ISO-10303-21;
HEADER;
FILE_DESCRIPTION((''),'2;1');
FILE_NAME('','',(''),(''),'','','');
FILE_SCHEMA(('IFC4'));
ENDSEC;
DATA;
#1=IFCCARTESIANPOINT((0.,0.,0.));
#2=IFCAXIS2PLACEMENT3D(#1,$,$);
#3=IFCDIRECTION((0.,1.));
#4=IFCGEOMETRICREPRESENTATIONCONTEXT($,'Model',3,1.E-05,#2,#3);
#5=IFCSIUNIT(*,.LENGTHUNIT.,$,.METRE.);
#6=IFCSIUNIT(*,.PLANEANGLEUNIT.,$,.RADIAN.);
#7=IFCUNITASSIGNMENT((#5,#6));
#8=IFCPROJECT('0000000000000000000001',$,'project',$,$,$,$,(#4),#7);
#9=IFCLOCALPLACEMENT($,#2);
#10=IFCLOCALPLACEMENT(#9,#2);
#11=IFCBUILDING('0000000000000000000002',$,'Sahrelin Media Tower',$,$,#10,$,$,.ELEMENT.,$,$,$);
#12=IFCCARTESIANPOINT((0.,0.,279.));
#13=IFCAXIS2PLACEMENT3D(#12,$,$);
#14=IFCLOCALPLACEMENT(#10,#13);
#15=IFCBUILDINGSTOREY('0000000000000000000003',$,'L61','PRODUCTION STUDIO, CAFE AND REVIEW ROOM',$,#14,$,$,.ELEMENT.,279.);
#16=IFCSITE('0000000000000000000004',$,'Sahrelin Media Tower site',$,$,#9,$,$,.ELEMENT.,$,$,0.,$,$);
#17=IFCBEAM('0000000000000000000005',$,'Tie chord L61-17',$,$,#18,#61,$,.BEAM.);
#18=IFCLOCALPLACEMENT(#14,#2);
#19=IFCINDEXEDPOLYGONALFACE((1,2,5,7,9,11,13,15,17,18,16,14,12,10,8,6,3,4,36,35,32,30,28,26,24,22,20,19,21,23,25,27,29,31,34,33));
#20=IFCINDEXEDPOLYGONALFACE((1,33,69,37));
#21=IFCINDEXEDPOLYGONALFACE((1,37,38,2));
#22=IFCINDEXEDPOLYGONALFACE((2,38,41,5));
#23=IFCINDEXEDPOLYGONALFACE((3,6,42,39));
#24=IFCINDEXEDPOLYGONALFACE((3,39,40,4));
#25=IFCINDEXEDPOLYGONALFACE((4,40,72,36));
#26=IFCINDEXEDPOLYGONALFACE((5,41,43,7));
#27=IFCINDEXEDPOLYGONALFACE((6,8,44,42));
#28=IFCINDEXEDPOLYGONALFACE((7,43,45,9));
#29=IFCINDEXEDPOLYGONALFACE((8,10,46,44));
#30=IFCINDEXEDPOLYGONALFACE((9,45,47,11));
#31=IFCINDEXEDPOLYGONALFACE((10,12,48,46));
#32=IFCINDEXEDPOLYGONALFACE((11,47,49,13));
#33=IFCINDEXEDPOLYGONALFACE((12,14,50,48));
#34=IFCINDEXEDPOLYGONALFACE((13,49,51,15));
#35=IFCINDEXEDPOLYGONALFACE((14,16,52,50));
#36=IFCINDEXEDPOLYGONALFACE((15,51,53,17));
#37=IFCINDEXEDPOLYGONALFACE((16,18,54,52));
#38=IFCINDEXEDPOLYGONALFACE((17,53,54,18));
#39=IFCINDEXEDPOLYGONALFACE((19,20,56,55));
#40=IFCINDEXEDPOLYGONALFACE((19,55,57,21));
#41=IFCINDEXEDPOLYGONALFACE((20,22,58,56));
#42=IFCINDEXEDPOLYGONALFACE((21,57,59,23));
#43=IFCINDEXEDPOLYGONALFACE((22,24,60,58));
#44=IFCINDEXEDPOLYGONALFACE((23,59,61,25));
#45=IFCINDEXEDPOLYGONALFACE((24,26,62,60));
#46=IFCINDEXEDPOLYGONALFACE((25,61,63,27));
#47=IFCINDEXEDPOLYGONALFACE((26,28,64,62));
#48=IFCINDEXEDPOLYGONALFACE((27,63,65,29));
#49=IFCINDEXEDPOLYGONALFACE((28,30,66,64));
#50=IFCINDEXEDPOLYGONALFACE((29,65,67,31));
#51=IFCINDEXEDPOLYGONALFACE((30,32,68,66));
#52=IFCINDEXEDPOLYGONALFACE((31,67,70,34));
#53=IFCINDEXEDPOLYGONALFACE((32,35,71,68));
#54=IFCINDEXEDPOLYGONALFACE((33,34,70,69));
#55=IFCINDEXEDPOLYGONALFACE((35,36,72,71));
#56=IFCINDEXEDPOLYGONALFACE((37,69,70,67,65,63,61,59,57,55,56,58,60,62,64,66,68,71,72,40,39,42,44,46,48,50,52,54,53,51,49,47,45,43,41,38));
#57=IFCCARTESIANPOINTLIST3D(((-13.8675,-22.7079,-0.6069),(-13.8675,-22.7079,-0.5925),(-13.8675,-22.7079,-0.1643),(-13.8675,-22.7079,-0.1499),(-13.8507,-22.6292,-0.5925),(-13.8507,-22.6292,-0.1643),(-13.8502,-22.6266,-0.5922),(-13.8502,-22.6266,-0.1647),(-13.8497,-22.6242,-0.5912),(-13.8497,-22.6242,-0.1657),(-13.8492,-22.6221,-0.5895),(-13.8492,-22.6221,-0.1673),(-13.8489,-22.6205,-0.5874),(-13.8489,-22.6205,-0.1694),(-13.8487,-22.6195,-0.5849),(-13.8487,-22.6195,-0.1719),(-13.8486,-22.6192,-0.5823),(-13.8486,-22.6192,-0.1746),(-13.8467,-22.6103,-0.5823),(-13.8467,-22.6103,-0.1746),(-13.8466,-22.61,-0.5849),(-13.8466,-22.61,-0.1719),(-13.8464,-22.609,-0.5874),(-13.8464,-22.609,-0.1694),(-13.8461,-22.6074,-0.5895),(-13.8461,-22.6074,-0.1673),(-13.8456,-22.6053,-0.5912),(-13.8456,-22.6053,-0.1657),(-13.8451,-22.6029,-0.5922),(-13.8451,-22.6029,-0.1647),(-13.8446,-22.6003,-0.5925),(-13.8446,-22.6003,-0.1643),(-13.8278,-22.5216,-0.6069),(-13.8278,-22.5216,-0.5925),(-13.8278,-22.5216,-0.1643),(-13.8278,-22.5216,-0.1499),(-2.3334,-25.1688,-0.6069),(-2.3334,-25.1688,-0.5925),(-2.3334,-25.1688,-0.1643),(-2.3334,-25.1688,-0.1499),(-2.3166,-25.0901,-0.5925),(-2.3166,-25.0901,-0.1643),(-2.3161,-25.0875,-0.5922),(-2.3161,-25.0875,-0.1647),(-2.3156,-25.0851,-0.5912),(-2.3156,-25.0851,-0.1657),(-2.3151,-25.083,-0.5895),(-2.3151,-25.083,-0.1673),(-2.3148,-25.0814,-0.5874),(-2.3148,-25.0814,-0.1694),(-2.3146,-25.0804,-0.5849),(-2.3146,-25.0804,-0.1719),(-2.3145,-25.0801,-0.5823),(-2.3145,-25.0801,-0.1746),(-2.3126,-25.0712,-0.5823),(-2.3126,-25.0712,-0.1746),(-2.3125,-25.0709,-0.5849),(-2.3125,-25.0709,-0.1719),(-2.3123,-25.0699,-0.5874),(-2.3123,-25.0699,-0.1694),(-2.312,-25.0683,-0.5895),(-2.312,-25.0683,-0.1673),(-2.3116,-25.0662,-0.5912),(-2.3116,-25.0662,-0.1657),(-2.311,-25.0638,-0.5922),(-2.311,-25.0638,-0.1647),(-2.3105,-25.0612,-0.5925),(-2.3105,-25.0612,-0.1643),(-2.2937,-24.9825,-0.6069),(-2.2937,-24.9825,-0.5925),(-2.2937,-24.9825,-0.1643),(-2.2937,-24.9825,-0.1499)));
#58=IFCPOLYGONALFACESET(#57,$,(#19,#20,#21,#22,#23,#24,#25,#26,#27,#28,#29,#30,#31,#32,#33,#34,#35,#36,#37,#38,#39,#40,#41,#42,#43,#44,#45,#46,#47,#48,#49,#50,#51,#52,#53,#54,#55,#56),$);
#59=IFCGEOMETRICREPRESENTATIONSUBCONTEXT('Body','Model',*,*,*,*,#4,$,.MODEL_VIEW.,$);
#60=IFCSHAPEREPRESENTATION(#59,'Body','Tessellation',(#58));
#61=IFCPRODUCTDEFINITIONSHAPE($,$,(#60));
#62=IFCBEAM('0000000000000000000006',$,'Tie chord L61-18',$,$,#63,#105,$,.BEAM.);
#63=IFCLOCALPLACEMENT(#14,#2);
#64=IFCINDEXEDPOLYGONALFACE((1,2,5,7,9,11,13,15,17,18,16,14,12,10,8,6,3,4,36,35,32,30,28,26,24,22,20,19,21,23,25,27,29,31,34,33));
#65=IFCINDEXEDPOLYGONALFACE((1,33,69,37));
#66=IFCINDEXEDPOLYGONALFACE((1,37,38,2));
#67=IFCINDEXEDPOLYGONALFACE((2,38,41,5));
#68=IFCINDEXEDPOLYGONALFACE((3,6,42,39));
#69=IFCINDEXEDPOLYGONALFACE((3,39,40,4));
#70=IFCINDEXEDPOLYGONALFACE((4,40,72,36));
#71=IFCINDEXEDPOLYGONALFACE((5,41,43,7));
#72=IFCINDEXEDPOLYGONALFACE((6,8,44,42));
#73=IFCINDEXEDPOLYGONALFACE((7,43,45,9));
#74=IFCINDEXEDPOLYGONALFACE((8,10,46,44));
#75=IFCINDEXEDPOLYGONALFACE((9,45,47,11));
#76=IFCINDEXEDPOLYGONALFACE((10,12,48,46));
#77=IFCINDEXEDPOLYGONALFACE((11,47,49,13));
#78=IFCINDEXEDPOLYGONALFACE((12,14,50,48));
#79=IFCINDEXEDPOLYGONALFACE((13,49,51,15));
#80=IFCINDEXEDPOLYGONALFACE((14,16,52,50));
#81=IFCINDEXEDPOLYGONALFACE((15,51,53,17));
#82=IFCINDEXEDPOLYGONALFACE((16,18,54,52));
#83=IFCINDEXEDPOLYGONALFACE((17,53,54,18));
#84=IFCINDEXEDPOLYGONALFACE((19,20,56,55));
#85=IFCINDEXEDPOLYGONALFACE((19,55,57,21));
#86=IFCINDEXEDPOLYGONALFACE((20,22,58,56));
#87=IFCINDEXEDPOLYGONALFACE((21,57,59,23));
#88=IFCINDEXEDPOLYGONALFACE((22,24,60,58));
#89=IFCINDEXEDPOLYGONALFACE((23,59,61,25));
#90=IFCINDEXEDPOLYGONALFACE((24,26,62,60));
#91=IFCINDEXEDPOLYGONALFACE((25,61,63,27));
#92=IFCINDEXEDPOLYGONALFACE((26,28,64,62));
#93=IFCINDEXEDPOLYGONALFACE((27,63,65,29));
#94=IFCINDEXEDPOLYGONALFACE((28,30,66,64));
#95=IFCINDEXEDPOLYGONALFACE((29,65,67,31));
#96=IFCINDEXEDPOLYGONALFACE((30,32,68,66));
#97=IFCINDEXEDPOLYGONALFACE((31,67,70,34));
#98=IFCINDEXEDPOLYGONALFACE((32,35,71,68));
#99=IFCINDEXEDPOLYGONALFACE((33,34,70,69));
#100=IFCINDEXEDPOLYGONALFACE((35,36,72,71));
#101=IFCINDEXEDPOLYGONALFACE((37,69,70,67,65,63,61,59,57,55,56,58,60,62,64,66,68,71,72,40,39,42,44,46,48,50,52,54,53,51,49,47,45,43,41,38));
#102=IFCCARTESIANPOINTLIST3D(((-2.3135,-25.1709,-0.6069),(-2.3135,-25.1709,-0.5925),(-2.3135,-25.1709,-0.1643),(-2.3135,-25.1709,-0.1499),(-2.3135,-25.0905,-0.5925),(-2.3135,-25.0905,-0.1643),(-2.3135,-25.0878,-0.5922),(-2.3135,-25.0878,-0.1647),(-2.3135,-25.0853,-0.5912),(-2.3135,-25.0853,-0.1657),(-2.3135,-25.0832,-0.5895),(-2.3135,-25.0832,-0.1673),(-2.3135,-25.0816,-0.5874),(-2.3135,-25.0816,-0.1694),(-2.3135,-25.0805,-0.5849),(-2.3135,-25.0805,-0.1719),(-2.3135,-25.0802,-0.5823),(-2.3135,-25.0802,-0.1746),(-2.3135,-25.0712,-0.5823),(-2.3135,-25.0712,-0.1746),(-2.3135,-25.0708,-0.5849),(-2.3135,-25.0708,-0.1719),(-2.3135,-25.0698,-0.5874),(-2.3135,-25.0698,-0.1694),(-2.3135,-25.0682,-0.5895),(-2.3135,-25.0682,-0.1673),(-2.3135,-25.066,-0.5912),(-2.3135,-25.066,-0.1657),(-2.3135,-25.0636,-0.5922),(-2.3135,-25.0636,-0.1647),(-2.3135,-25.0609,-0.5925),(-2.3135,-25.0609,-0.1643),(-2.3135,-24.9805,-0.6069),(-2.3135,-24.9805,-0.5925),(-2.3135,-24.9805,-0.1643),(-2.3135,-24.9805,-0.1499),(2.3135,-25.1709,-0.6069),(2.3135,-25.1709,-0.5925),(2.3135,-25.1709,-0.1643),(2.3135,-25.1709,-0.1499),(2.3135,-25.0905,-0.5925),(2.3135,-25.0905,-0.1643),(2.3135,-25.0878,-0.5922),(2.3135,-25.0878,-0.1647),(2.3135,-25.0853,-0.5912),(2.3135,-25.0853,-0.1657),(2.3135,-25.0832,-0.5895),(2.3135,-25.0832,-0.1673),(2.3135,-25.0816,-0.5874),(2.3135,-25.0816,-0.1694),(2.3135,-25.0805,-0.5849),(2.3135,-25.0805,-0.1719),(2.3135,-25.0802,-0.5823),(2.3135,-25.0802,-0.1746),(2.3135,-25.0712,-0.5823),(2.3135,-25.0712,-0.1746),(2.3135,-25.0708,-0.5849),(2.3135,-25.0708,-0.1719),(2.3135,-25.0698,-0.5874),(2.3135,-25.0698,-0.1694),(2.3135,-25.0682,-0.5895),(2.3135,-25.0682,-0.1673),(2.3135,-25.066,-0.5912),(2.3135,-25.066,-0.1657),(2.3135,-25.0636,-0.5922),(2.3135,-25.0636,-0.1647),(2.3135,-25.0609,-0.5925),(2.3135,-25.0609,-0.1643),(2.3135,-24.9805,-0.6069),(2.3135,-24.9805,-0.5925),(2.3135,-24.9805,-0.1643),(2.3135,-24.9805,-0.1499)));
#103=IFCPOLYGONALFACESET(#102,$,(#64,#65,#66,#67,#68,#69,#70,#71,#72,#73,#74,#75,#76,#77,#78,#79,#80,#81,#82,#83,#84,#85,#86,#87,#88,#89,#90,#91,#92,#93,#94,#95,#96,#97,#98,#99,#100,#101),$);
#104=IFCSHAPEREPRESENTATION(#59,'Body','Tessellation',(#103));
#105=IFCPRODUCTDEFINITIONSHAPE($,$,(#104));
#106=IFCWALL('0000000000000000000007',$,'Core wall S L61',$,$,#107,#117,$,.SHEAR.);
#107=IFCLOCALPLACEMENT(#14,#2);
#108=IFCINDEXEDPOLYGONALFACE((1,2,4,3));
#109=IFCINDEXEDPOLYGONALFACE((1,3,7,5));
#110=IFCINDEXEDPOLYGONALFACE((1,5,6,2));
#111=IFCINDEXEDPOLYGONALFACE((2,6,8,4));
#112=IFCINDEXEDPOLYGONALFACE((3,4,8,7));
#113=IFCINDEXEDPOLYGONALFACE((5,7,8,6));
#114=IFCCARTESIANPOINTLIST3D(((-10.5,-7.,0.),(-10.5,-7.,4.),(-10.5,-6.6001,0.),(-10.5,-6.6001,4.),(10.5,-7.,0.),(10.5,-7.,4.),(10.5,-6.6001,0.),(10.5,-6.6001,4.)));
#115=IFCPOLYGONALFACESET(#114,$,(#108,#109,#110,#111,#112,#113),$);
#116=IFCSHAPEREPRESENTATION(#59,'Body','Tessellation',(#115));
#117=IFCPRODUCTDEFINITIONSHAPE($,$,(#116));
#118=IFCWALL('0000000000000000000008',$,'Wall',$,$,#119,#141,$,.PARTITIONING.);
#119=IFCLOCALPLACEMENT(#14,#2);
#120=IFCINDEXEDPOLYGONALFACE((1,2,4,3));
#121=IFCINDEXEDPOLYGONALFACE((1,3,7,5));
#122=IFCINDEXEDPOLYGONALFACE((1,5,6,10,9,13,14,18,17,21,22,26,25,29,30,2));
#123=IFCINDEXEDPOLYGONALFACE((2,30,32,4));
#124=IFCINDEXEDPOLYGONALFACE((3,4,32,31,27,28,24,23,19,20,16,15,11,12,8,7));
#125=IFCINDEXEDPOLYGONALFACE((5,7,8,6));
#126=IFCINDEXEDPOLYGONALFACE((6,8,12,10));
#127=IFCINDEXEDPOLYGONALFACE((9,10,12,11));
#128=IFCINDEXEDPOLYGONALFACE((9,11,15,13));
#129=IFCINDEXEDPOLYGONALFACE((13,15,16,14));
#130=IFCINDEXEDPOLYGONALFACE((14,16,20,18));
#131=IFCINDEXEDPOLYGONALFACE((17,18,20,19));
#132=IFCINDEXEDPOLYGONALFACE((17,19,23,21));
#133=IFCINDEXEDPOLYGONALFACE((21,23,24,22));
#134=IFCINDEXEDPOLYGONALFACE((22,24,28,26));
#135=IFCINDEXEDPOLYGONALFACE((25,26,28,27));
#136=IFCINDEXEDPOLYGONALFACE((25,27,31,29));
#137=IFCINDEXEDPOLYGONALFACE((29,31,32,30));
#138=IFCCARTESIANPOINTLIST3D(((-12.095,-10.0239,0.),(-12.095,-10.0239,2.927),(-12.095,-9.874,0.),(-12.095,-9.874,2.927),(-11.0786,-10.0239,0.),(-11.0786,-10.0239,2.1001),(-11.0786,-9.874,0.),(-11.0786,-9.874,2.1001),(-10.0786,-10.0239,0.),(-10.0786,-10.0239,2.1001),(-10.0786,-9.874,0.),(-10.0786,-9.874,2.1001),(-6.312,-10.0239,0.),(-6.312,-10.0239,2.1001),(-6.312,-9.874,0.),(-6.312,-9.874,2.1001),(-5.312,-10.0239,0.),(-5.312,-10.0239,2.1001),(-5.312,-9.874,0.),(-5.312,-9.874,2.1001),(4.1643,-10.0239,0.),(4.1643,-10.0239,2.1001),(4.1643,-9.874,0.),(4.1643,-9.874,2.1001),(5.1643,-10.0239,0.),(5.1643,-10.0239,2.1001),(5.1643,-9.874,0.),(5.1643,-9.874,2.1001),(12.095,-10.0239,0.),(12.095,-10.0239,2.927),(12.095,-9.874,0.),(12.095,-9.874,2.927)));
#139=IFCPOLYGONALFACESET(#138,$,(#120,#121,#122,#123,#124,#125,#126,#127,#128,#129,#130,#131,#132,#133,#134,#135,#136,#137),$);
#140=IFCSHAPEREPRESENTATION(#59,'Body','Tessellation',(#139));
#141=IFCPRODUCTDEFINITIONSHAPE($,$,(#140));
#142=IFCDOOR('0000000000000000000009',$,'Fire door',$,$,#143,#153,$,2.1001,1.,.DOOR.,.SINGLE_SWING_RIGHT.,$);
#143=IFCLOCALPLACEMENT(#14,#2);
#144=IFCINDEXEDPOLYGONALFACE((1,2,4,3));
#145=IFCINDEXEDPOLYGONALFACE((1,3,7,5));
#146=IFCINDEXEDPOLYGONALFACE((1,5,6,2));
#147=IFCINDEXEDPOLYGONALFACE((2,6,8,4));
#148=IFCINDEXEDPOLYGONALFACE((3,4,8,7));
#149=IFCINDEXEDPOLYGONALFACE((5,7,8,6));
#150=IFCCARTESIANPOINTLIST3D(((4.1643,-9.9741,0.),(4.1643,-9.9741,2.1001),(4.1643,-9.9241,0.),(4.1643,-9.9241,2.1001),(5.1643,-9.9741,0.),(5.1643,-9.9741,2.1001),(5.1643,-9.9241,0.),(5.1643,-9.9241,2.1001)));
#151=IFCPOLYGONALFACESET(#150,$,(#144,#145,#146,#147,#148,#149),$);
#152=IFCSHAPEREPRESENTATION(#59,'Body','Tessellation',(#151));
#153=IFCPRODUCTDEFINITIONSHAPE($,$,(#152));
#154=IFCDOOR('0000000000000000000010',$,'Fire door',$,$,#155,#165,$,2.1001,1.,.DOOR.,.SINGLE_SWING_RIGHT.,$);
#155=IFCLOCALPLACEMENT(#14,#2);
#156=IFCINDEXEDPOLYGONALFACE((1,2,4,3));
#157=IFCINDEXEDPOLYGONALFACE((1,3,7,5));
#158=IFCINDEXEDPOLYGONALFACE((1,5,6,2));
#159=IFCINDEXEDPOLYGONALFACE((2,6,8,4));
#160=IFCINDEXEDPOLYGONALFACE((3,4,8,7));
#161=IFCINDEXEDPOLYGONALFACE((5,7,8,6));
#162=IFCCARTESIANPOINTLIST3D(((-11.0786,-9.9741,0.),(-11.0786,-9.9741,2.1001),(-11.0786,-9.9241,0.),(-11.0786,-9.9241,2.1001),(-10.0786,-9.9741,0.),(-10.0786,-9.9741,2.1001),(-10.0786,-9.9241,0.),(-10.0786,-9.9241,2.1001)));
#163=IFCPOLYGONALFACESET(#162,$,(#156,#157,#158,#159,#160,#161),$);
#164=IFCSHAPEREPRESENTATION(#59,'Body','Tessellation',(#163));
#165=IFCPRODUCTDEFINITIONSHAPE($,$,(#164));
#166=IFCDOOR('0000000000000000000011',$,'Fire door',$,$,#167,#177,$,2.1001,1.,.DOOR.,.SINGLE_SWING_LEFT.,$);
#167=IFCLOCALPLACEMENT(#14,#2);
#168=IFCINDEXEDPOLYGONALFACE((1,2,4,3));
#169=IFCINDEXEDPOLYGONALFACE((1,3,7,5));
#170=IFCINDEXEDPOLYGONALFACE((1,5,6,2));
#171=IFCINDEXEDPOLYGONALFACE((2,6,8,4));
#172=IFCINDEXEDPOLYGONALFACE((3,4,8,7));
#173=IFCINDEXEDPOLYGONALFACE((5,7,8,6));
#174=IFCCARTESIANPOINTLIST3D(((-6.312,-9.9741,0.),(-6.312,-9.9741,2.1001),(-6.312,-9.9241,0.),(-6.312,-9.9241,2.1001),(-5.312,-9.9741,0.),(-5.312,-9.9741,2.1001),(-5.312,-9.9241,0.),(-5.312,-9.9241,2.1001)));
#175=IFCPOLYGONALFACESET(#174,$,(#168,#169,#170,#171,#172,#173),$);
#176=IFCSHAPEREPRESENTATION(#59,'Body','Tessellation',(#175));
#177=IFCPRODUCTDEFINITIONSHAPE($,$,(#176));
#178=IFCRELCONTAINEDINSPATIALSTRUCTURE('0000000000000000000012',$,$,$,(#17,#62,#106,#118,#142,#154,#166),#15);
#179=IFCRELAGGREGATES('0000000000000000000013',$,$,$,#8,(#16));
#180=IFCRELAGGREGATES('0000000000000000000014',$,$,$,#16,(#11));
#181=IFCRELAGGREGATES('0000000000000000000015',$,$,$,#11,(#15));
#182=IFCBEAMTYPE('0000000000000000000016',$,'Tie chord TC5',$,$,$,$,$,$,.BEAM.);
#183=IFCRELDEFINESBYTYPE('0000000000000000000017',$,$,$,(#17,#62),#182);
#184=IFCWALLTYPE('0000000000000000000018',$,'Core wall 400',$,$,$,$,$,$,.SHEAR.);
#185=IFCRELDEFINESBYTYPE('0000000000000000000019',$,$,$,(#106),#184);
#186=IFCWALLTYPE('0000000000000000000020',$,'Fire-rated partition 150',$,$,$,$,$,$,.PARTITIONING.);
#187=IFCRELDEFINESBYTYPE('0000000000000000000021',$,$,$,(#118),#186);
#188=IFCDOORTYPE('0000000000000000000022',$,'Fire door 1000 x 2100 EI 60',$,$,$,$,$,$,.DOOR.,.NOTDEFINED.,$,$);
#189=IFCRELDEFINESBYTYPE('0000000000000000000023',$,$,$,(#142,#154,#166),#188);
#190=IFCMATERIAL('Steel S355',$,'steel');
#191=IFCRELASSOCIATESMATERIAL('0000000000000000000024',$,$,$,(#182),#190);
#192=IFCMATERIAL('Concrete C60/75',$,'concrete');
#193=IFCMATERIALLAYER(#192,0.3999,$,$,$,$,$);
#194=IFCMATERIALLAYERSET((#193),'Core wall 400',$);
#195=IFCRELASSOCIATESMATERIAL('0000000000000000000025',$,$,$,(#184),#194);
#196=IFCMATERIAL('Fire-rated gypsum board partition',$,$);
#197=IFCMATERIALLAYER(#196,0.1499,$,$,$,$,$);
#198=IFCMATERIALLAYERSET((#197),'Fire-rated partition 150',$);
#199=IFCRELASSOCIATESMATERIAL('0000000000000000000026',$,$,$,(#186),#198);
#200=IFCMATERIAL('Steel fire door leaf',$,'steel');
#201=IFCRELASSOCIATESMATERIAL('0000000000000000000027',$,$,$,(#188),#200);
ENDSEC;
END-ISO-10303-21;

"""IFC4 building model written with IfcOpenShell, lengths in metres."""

from ifc_helpers import new_model, si_unit, direction, frame, frame_2d, origin, origin_2d, place, context, subcontext, project, spatial, rectangle, i_section, extrude, material, layer, layer_set, material_profile, profile_set, type_object, element, fill, save


model = new_model("IFC4")

# Units and contexts
model_context = context("Model", 3, precision=1e-05, world=origin(), true_north=direction((0.0, 1.0)))
body_context = subcontext(model_context, "Body", "Model", "MODEL_VIEW")
ifc_project = project(units=[si_unit("LENGTHUNIT", "METRE"), si_unit("PLANEANGLEUNIT", "RADIAN")], contexts=[model_context])

# Site, building, storey
site_placement = place(None, origin())
site = spatial("IfcSite", under=ifc_project, at=site_placement, Name="Sahrelin Media Tower site", CompositionType="ELEMENT", RefElevation=0.0)
building_placement = place(site_placement, origin())
building = spatial("IfcBuilding", under=site, at=building_placement, Name="Sahrelin Media Tower", CompositionType="ELEMENT")
storey_placement = place(building_placement, frame((0.0, 0.0, 279.0)))
storey = spatial("IfcBuildingStorey", under=building, at=storey_placement, Name="L61", Description="PRODUCTION STUDIO, CAFE AND REVIEW ROOM", CompositionType="ELEMENT", Elevation=279.0)

# Beams
ifc_material_1 = material(Name="Steel S355", Category="steel")
ifc_material_profile_1 = material_profile(ifc_material_1, i_section(OverallWidth=0.1904, OverallDepth=0.457, WebThickness=0.009, FlangeThickness=0.0144, FilletRadius=0.0103, at=origin_2d()), Name="UB 457x191x74")
ifc_profile_set_1 = profile_set([ifc_material_profile_1], Name="Steel S355")
beam_type_1 = type_object("IfcBeamType", Name="Tie chord TC5", PredefinedType="BEAM", material=ifc_profile_set_1)
beam_1_placement = place(storey_placement, frame((-13.8477, -22.6147, -0.3784), z_axis=(0.977987, -0.208664, 0.0), x_axis=(0.208664, 0.977987, 0.0)))
element("IfcBeam", 1, at=beam_1_placement, inside=storey, type_object=beam_type_1, Name="Tie chord L61-17", PredefinedType="BEAM", context=body_context, shape_type="SweptSolid", body=[
    extrude(i_section(OverallWidth=0.1904, OverallDepth=0.457, WebThickness=0.009, FlangeThickness=0.0144, FilletRadius=0.0103, at=origin_2d()), origin(), (0.0, 0.0, 1.0), 11.7937),
])
beam_2_placement = place(storey_placement, frame((-2.3135, -25.0757, -0.3784), z_axis=(1.0, 0.0, 0.0), x_axis=(0.0, 1.0, 0.0)))
element("IfcBeam", 2, at=beam_2_placement, inside=storey, type_object=beam_type_1, Name="Tie chord L61-18", PredefinedType="BEAM", context=body_context, shape_type="SweptSolid", body=[
    extrude(i_section(OverallWidth=0.1904, OverallDepth=0.457, WebThickness=0.009, FlangeThickness=0.0144, FilletRadius=0.0103, at=origin_2d()), origin(), (0.0, 0.0, 1.0), 4.627),
])

# Wall
ifc_material_2 = material(Name="Concrete C60/75", Category="concrete")
ifc_layer_1 = layer(ifc_material_2, 0.3999)
ifc_layer_set_1 = layer_set([ifc_layer_1], Name="Core wall 400")
wall_type_1 = type_object("IfcWallType", Name="Core wall 400", PredefinedType="SHEAR", material=ifc_layer_set_1)
wall_1_placement = place(storey_placement, frame((-10.5, -6.8, 0.0), z_axis=(0.0, 0.0, 1.0), x_axis=(1.0, 0.0, 0.0)))
element("IfcWall", 3, at=wall_1_placement, inside=storey, type_object=wall_type_1, Name="Core wall S L61", PredefinedType="SHEAR", context=body_context, shape_type="SweptSolid", body=[
    extrude(rectangle(XDim=21.0, YDim=0.3999, at=frame_2d((10.5, 0.0))), origin(), (0.0, 0.0, 1.0), 4.0),
])

# Wall, openings, doors
ifc_material_3 = material(Name="Fire-rated gypsum board partition")
ifc_layer_2 = layer(ifc_material_3, 0.1499)
ifc_layer_set_2 = layer_set([ifc_layer_2], Name="Fire-rated partition 150")
wall_type_2 = type_object("IfcWallType", Name="Fire-rated partition 150", PredefinedType="PARTITIONING", material=ifc_layer_set_2)
wall_2_placement = place(storey_placement, frame((-12.095, -9.949, 0.0), z_axis=(0.0, 0.0, 1.0), x_axis=(1.0, 0.0, 0.0)))
wall_2 = element("IfcWall", 4, at=wall_2_placement, inside=storey, type_object=wall_type_2, Name="Wall", PredefinedType="PARTITIONING", context=body_context, shape_type="SweptSolid", body=[
    extrude(rectangle(XDim=24.1899, YDim=0.1499, at=frame_2d((12.095, 0.0))), origin(), (0.0, 0.0, 1.0), 2.927),
])
opening_1_placement = place(wall_2_placement, frame((16.2593, 0.0, 0.0)))
opening_1 = element("IfcOpeningElement", 5, at=opening_1_placement, cuts=wall_2, PredefinedType="OPENING", context=body_context, shape_type="SweptSolid", body=[
    extrude(rectangle(XDim=1.0, YDim=2.1001, at=frame_2d((0.5, 1.05))), frame((0.0, 0.075, 0.0), z_axis=(0.0, -1.0, 0.0), x_axis=(1.0, 0.0, 0.0)), (0.0, 0.0, 1.0), 0.1499),
])
opening_2_placement = place(wall_2_placement, frame((1.0164, 0.0, 0.0)))
opening_2 = element("IfcOpeningElement", 6, at=opening_2_placement, cuts=wall_2, PredefinedType="OPENING", context=body_context, shape_type="SweptSolid", body=[
    extrude(rectangle(XDim=1.0, YDim=2.1001, at=frame_2d((0.5, 1.05))), frame((0.0, 0.075, 0.0), z_axis=(0.0, -1.0, 0.0), x_axis=(1.0, 0.0, 0.0)), (0.0, 0.0, 1.0), 0.1499),
])
opening_3_placement = place(wall_2_placement, frame((5.783, 0.0, 0.0)))
opening_3 = element("IfcOpeningElement", 7, at=opening_3_placement, cuts=wall_2, PredefinedType="OPENING", context=body_context, shape_type="SweptSolid", body=[
    extrude(rectangle(XDim=1.0, YDim=2.1001, at=frame_2d((0.5, 1.05))), frame((0.0, 0.075, 0.0), z_axis=(0.0, -1.0, 0.0), x_axis=(1.0, 0.0, 0.0)), (0.0, 0.0, 1.0), 0.1499),
])
ifc_material_4 = material(Name="Steel fire door leaf", Category="steel")
door_type_1 = type_object("IfcDoorType", Name="Fire door 1000 x 2100 EI 60", OperationType="NOTDEFINED", PredefinedType="DOOR", material=ifc_material_4)
door_1_placement = place(opening_1_placement, origin())
door_1 = element("IfcDoor", 8, at=door_1_placement, inside=storey, type_object=door_type_1, Name="Fire door", OperationType="SINGLE_SWING_RIGHT", OverallHeight=2.1001, OverallWidth=1.0, PredefinedType="DOOR", context=body_context, shape_type="SweptSolid", body=[
    extrude(rectangle(XDim=1.0, YDim=2.1001, at=frame_2d((0.5, 1.05))), frame((0.0, 0.0249, 0.0), z_axis=(0.0, -1.0, 0.0), x_axis=(1.0, 0.0, 0.0)), (0.0, 0.0, 1.0), 0.05),
])
fill(opening_1, door_1)
door_2_placement = place(opening_2_placement, origin())
door_2 = element("IfcDoor", 9, at=door_2_placement, inside=storey, type_object=door_type_1, Name="Fire door", OperationType="SINGLE_SWING_RIGHT", OverallHeight=2.1001, OverallWidth=1.0, PredefinedType="DOOR", context=body_context, shape_type="SweptSolid", body=[
    extrude(rectangle(XDim=1.0, YDim=2.1001, at=frame_2d((0.5, 1.05))), frame((0.0, 0.0249, 0.0), z_axis=(0.0, -1.0, 0.0), x_axis=(1.0, 0.0, 0.0)), (0.0, 0.0, 1.0), 0.05),
])
fill(opening_2, door_2)
door_3_placement = place(opening_3_placement, origin())
door_3 = element("IfcDoor", 10, at=door_3_placement, inside=storey, type_object=door_type_1, Name="Fire door", OperationType="SINGLE_SWING_LEFT", OverallHeight=2.1001, OverallWidth=1.0, PredefinedType="DOOR", context=body_context, shape_type="SweptSolid", body=[
    extrude(rectangle(XDim=1.0, YDim=2.1001, at=frame_2d((0.5, 1.05))), frame((0.0, 0.0249, 0.0), z_axis=(0.0, -1.0, 0.0), x_axis=(1.0, 0.0, 0.0)), (0.0, 0.0, 1.0), 0.05),
])
fill(opening_3, door_3)

save(model, "model.ifc")
